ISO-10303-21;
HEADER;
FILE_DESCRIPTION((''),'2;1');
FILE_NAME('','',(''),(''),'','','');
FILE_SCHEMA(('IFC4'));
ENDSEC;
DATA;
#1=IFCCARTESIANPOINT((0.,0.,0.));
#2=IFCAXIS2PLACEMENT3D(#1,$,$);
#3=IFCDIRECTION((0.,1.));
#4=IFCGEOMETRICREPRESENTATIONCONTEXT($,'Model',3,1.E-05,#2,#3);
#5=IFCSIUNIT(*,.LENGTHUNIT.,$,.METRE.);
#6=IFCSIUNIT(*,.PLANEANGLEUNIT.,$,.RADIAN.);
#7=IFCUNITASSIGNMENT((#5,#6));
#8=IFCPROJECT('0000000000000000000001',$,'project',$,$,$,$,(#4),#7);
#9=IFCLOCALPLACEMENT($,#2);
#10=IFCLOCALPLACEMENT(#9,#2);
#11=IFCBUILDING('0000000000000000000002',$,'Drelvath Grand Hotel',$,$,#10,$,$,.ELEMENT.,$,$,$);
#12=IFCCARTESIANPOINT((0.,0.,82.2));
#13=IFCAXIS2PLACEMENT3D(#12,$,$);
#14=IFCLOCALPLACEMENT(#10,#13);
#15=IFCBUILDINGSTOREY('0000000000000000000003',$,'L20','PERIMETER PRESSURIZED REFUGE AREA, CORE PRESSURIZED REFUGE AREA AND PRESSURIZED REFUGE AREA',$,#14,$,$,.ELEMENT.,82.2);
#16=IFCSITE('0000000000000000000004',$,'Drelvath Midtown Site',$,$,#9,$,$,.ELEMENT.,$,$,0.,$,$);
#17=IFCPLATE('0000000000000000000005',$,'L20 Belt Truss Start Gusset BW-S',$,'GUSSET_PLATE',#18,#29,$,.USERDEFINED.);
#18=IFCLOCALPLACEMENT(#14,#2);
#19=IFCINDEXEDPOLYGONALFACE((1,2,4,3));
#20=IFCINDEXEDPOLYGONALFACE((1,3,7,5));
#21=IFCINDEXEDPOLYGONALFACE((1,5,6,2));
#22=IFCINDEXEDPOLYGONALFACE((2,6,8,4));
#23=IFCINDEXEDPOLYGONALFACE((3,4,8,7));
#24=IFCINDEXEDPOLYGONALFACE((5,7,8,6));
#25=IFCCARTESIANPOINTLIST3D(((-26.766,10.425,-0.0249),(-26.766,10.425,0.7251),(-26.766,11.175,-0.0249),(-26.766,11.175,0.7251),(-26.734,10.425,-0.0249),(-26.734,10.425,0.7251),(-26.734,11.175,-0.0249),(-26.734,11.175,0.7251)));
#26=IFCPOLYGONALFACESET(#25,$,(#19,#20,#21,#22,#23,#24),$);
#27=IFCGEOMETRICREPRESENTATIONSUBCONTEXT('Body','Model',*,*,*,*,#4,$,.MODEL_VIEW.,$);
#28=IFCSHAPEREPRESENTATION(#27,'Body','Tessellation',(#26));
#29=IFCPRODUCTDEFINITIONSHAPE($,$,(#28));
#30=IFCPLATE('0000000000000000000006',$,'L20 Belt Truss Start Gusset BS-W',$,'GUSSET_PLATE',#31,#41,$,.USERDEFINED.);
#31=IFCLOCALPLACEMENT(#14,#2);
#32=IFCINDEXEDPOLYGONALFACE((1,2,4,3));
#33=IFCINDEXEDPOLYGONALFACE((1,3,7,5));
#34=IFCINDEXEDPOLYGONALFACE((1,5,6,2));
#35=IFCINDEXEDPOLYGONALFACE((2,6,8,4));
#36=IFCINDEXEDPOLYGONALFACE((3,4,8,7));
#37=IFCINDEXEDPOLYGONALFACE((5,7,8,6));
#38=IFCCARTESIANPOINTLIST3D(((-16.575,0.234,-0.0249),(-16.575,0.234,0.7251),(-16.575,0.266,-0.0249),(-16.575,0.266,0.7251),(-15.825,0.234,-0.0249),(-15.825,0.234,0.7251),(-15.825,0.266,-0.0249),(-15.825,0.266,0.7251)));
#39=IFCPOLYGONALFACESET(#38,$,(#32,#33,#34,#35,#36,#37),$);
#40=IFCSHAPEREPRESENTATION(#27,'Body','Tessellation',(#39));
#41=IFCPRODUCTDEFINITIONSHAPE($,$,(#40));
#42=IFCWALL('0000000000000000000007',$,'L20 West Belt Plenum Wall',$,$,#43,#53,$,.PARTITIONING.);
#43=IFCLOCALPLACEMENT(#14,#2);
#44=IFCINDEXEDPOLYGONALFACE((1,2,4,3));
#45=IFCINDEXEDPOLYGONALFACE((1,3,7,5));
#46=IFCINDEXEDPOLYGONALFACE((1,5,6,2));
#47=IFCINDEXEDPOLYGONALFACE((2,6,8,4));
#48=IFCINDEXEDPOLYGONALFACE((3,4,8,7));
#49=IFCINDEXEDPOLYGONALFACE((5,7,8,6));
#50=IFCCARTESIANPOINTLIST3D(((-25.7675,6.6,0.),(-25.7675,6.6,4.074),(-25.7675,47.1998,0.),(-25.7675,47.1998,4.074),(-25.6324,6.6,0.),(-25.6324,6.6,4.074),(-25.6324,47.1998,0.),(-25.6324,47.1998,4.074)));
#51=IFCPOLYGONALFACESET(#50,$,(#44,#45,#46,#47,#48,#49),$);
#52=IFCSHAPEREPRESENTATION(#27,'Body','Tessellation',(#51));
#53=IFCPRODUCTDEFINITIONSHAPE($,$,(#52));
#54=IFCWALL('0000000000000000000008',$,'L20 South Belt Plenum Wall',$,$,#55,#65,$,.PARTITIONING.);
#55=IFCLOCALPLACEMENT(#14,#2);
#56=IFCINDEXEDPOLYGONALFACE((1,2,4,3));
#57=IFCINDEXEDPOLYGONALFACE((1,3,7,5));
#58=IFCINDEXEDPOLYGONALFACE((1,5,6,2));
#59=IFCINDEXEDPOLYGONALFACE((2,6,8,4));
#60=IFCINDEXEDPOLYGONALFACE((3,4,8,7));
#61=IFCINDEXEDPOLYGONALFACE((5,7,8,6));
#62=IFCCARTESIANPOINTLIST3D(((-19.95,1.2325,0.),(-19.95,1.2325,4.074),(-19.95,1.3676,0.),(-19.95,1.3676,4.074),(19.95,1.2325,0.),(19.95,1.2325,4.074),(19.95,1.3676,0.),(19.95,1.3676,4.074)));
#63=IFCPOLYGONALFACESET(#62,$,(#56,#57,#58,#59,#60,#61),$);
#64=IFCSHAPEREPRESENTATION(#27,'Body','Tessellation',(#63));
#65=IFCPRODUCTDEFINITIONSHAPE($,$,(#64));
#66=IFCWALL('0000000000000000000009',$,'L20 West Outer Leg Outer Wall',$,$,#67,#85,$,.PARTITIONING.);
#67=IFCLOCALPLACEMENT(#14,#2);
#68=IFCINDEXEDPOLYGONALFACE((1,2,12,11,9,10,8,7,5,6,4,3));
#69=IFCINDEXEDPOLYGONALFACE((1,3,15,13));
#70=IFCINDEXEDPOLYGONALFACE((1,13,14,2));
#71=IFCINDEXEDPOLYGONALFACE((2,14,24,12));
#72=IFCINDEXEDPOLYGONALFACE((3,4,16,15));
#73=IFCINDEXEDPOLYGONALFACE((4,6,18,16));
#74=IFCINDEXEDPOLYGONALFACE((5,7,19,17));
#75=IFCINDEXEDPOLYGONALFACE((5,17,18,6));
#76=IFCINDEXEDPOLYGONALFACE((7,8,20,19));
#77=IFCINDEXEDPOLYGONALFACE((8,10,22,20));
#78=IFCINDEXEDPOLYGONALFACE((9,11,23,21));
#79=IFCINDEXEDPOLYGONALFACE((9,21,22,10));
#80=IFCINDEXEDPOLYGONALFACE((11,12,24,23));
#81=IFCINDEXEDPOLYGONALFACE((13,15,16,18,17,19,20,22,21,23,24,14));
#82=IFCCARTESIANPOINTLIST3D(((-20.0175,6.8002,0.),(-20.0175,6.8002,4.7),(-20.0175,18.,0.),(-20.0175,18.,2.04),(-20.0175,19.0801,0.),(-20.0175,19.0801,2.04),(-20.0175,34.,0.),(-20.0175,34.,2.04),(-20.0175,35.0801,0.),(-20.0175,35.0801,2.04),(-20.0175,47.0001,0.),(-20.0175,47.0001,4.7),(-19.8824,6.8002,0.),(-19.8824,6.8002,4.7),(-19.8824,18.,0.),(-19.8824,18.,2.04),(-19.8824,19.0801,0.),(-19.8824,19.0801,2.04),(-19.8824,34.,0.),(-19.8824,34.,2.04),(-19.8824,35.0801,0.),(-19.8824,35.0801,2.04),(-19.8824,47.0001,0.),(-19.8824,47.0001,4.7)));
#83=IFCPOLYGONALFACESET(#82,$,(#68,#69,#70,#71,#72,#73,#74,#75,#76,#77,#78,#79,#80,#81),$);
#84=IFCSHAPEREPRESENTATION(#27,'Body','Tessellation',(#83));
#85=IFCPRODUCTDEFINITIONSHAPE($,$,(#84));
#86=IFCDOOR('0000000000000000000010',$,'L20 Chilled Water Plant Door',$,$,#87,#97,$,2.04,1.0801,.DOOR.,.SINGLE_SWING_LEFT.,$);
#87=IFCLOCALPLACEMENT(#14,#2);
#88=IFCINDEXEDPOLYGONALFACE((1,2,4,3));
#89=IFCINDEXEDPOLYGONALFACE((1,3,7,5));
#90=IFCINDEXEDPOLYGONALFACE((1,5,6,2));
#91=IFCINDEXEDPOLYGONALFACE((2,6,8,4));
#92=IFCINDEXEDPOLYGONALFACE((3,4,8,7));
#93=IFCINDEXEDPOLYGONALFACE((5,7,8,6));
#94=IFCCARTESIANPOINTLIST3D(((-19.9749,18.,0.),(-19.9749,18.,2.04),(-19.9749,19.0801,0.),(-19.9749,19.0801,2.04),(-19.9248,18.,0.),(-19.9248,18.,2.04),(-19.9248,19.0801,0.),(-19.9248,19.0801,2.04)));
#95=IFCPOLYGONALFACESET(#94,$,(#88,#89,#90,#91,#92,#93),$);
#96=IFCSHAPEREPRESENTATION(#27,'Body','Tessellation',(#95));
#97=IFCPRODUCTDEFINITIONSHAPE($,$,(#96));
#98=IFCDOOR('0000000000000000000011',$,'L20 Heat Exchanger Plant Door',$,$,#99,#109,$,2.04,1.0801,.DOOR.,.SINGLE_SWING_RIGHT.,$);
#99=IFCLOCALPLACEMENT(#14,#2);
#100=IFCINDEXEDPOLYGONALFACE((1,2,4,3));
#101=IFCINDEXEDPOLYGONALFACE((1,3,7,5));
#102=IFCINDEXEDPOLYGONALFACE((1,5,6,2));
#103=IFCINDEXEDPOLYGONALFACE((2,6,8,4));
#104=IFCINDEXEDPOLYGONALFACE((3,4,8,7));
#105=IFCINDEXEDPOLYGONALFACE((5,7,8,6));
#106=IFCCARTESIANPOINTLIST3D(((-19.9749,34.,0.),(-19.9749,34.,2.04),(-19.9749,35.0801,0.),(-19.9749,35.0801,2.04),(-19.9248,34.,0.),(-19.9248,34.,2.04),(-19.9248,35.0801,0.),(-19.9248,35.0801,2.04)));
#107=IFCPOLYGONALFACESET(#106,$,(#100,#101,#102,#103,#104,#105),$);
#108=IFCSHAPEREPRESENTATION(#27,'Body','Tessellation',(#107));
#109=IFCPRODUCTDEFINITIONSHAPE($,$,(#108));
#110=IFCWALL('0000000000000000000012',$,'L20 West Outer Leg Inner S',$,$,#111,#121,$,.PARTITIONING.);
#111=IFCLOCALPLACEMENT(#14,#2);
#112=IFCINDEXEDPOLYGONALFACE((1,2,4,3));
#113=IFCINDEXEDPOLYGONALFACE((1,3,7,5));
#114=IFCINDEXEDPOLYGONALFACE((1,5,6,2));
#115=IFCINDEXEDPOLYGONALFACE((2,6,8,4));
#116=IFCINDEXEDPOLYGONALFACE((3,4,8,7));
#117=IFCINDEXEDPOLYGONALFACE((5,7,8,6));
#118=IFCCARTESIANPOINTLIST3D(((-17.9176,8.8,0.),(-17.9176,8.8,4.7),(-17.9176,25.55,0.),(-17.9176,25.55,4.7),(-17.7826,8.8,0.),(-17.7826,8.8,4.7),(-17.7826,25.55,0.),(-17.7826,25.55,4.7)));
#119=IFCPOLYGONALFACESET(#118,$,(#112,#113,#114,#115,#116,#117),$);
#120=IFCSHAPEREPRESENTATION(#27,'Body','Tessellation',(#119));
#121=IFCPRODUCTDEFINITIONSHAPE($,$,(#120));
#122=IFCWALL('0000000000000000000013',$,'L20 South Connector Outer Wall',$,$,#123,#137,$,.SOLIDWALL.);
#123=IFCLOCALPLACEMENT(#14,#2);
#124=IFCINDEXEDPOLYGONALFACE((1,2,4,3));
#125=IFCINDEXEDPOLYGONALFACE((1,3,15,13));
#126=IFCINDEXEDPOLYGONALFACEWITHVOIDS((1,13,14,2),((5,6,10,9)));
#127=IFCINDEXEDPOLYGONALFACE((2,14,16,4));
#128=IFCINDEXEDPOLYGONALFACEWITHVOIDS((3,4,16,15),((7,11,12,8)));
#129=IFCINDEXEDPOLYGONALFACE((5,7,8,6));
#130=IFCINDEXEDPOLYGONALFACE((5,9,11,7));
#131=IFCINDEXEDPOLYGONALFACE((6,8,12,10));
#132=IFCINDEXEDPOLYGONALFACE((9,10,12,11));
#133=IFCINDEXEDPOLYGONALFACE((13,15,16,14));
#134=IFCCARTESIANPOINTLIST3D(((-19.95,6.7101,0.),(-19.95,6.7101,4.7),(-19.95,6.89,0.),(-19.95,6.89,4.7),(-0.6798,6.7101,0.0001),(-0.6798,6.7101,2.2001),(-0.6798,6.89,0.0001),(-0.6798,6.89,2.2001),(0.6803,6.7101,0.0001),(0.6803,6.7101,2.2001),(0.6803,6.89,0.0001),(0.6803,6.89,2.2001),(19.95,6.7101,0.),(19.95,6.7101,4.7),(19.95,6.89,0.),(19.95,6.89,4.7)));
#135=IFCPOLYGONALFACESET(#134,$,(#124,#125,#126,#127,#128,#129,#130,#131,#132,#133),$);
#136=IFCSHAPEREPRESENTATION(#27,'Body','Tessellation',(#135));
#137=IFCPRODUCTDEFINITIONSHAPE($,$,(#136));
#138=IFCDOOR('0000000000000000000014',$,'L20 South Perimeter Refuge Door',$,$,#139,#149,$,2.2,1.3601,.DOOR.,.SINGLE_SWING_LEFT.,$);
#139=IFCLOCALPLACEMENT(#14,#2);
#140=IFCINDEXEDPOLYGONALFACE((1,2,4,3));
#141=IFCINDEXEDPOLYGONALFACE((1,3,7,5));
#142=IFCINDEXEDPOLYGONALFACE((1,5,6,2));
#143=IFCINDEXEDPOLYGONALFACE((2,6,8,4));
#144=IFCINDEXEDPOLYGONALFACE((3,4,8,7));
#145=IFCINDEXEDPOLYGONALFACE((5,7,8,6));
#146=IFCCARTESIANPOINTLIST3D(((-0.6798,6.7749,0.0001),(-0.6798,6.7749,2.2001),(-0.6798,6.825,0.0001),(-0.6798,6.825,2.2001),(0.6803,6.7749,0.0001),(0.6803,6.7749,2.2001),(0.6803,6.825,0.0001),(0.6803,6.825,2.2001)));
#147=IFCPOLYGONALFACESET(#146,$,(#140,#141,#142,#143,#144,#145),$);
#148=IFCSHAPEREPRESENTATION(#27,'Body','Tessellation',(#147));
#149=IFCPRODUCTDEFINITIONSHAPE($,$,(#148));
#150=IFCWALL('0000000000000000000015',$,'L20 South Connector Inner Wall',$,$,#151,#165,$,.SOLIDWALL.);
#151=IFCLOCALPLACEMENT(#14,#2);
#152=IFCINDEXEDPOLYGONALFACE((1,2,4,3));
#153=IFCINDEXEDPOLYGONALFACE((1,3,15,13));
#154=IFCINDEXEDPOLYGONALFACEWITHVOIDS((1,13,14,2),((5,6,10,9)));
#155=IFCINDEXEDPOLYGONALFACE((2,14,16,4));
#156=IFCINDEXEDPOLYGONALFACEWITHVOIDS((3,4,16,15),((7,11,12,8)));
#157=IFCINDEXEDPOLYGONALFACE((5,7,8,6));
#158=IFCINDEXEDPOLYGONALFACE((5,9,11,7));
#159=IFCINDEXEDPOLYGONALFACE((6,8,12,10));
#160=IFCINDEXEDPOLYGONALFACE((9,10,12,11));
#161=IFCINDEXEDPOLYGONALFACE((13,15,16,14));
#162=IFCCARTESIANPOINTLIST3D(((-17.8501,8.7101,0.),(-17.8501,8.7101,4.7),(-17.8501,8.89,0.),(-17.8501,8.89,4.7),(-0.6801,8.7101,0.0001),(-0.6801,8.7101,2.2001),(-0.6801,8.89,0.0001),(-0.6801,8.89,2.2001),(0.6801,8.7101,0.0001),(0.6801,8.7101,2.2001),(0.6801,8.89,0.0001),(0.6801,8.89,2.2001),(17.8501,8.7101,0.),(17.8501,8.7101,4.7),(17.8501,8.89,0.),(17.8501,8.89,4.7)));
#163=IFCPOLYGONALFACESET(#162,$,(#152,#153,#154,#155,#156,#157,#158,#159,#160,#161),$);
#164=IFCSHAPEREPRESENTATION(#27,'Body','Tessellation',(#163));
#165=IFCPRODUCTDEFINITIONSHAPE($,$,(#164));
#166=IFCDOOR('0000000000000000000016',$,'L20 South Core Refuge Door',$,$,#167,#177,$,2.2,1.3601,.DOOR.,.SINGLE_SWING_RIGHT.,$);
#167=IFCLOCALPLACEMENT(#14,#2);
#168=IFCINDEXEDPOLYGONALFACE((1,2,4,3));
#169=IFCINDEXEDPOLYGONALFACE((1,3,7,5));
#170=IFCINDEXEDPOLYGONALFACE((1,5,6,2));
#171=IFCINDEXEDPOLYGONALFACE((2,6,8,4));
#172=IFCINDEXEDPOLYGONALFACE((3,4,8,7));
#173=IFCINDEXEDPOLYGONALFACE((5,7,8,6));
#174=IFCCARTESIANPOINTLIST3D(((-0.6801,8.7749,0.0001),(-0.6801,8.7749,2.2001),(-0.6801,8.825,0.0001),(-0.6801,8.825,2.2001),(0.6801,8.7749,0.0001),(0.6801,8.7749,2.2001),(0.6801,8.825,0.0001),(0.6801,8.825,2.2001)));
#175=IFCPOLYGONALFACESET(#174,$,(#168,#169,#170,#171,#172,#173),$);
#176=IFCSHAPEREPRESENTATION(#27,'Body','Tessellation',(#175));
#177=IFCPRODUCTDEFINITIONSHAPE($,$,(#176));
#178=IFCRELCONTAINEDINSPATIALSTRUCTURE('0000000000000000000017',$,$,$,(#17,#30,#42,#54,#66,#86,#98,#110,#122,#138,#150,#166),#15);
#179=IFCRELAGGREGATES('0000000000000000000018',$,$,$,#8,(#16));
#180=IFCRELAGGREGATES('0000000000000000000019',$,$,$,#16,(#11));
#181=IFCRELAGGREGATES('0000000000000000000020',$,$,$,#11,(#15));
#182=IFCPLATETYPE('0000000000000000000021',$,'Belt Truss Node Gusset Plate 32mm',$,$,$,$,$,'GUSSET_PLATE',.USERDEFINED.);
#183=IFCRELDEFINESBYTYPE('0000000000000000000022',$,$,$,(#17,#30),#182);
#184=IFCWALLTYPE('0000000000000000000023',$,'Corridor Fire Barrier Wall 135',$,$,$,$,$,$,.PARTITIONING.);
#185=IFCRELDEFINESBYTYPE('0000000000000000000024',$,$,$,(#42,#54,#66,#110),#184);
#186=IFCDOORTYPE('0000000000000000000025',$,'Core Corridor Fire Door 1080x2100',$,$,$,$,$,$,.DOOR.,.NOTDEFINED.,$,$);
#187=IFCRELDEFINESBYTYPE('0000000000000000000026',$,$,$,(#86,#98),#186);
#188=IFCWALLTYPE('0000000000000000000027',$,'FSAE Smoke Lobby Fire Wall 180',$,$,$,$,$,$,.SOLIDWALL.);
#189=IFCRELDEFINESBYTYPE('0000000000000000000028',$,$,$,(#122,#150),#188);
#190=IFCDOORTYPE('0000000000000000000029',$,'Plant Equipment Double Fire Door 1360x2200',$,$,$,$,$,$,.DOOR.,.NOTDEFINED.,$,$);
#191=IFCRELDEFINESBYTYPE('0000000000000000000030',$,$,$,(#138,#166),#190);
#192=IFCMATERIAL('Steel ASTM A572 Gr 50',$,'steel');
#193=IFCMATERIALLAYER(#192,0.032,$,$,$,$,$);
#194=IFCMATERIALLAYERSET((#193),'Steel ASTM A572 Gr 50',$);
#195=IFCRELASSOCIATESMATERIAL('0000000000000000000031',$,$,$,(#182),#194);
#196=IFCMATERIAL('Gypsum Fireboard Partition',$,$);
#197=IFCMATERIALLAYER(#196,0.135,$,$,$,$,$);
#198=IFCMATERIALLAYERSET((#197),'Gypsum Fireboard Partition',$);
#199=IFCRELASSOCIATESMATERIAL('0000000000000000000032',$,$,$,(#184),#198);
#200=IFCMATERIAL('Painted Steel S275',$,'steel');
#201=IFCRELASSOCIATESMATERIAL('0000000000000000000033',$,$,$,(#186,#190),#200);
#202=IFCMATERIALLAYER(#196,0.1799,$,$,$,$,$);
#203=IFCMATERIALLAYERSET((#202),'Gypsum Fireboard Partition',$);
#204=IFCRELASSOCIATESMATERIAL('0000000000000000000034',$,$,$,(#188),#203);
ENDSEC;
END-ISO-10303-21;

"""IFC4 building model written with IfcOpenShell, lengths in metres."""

from ifc_helpers import new_model, si_unit, direction, frame, frame_2d, origin, origin_2d, place, context, subcontext, project, spatial, rectangle, extrude, material, layer, layer_set, type_object, element, fill, save


model = new_model("IFC4")

# Units and contexts
model_context = context("Model", 3, precision=1e-05, world=origin(), true_north=direction((0.0, 1.0)))
body_context = subcontext(model_context, "Body", "Model", "MODEL_VIEW")
ifc_project = project(units=[si_unit("LENGTHUNIT", "METRE"), si_unit("PLANEANGLEUNIT", "RADIAN")], contexts=[model_context])

# Site, building, storey
site_placement = place(None, origin())
site = spatial("IfcSite", under=ifc_project, at=site_placement, Name="Drelvath Midtown Site", CompositionType="ELEMENT", RefElevation=0.0)
building_placement = place(site_placement, origin())
building = spatial("IfcBuilding", under=site, at=building_placement, Name="Drelvath Grand Hotel", CompositionType="ELEMENT")
storey_placement = place(building_placement, frame((0.0, 0.0, 82.2)))
storey = spatial("IfcBuildingStorey", under=building, at=storey_placement, Name="L20", Description="PERIMETER PRESSURIZED REFUGE AREA, CORE PRESSURIZED REFUGE AREA AND PRESSURIZED REFUGE AREA", CompositionType="ELEMENT", Elevation=82.2)

# Plates
ifc_material_1 = material(Name="Steel ASTM A572 Gr 50", Category="steel")
ifc_layer_1 = layer(ifc_material_1, 0.032)
ifc_layer_set_1 = layer_set([ifc_layer_1], Name="Steel ASTM A572 Gr 50")
plate_type = type_object("IfcPlateType", Name="Belt Truss Node Gusset Plate 32mm", ElementType="GUSSET_PLATE", PredefinedType="USERDEFINED", material=ifc_layer_set_1)
for number, where, z_axis, x_axis, name in (
    (1, (-26.75, 10.8, -0.0249), (0.0, 0.0, 1.0), (0.0, 1.0, 0.0), "L20 Belt Truss Start Gusset BW-S"),
    (2, (-16.2, 0.25, -0.0249), (0.0, 0.0, 1.0), (1.0, 0.0, 0.0), "L20 Belt Truss Start Gusset BS-W"),
):
    element("IfcPlate", number, at=place(storey_placement, frame(where, z_axis=z_axis, x_axis=x_axis)), inside=storey, type_object=plate_type, Name=name, ObjectType="GUSSET_PLATE", PredefinedType="USERDEFINED", context=body_context, shape_type="SweptSolid", body=[
        extrude(rectangle(XDim=0.75, YDim=0.032, at=origin_2d()), origin(), (0.0, 0.0, 1.0), 0.75),
    ])

# Walls
ifc_material_2 = material(Name="Gypsum Fireboard Partition")
ifc_layer_2 = layer(ifc_material_2, 0.135)
ifc_layer_set_2 = layer_set([ifc_layer_2], Name="Gypsum Fireboard Partition")
wall_type_1 = type_object("IfcWallType", Name="Corridor Fire Barrier Wall 135", PredefinedType="PARTITIONING", material=ifc_layer_set_2)
wall_1_placement = place(storey_placement, frame((-25.7, 6.6001, 0.0), z_axis=(0.0, 0.0, 1.0), x_axis=(0.0, 1.0, 0.0)))
element("IfcWall", 3, at=wall_1_placement, inside=storey, type_object=wall_type_1, Name="L20 West Belt Plenum Wall", PredefinedType="PARTITIONING", context=body_context, shape_type="SweptSolid", body=[
    extrude(rectangle(XDim=40.5999, YDim=0.135, at=frame_2d((20.2998, 0.0))), origin(), (0.0, 0.0, 1.0), 4.074),
])
wall_2_placement = place(storey_placement, frame((-19.95, 1.3, 0.0), z_axis=(0.0, 0.0, 1.0), x_axis=(1.0, 0.0, 0.0)))
element("IfcWall", 4, at=wall_2_placement, inside=storey, type_object=wall_type_1, Name="L20 South Belt Plenum Wall", PredefinedType="PARTITIONING", context=body_context, shape_type="SweptSolid", body=[
    extrude(rectangle(XDim=39.8999, YDim=0.135, at=frame_2d((19.95, 0.0))), origin(), (0.0, 0.0, 1.0), 4.074),
])

# Wall, openings, doors
wall_3_placement = place(storey_placement, frame((-19.95, 6.8, 0.0), z_axis=(0.0, 0.0, 1.0), x_axis=(0.0, 1.0, 0.0)))
wall_3 = element("IfcWall", 5, at=wall_3_placement, inside=storey, type_object=wall_type_1, Name="L20 West Outer Leg Outer Wall", PredefinedType="PARTITIONING", context=body_context, shape_type="SweptSolid", body=[
    extrude(rectangle(XDim=40.2, YDim=0.135, at=frame_2d((20.1001, 0.0))), origin(), (0.0, 0.0, 1.0), 4.7),
])
opening_1_placement = place(wall_3_placement, frame((11.2, 0.0, 0.0)))
opening_1 = element("IfcOpeningElement", 6, at=opening_1_placement, cuts=wall_3, PredefinedType="OPENING", context=body_context, shape_type="SweptSolid", body=[
    extrude(rectangle(XDim=1.0801, YDim=2.04, at=frame_2d((0.54, 1.02))), frame((0.0, 0.0774, 0.0), z_axis=(0.0, -1.0, 0.0), x_axis=(1.0, 0.0, 0.0)), (0.0, 0.0, 1.0), 0.155),
])
opening_2_placement = place(wall_3_placement, frame((27.2, 0.0, 0.0)))
opening_2 = element("IfcOpeningElement", 7, at=opening_2_placement, cuts=wall_3, PredefinedType="OPENING", context=body_context, shape_type="SweptSolid", body=[
    extrude(rectangle(XDim=1.0801, YDim=2.04, at=frame_2d((0.54, 1.02))), frame((0.0, 0.0774, 0.0), z_axis=(0.0, -1.0, 0.0), x_axis=(1.0, 0.0, 0.0)), (0.0, 0.0, 1.0), 0.155),
])
ifc_material_3 = material(Name="Painted Steel S275", Category="steel")
door_type_1 = type_object("IfcDoorType", Name="Core Corridor Fire Door 1080x2100", OperationType="NOTDEFINED", PredefinedType="DOOR", material=ifc_material_3)
door_1_placement = place(opening_1_placement, origin())
door_1 = element("IfcDoor", 8, at=door_1_placement, inside=storey, type_object=door_type_1, Name="L20 Chilled Water Plant Door", OperationType="SINGLE_SWING_LEFT", OverallHeight=2.04, OverallWidth=1.0801, PredefinedType="DOOR", context=body_context, shape_type="SweptSolid", body=[
    extrude(rectangle(XDim=1.0801, YDim=2.04, at=frame_2d((0.54, 1.02))), frame((0.0, 0.0249, 0.0), z_axis=(0.0, -1.0, 0.0), x_axis=(1.0, 0.0, 0.0)), (0.0, 0.0, 1.0), 0.05),
])
fill(opening_1, door_1)
door_2_placement = place(opening_2_placement, origin())
door_2 = element("IfcDoor", 9, at=door_2_placement, inside=storey, type_object=door_type_1, Name="L20 Heat Exchanger Plant Door", OperationType="SINGLE_SWING_RIGHT", OverallHeight=2.04, OverallWidth=1.0801, PredefinedType="DOOR", context=body_context, shape_type="SweptSolid", body=[
    extrude(rectangle(XDim=1.0801, YDim=2.04, at=frame_2d((0.54, 1.02))), frame((0.0, 0.0249, 0.0), z_axis=(0.0, -1.0, 0.0), x_axis=(1.0, 0.0, 0.0)), (0.0, 0.0, 1.0), 0.05),
])
fill(opening_2, door_2)

# Wall
wall_4_placement = place(storey_placement, frame((-17.8501, 8.8, 0.0), z_axis=(0.0, 0.0, 1.0), x_axis=(0.0, 1.0, 0.0)))
element("IfcWall", 10, at=wall_4_placement, inside=storey, type_object=wall_type_1, Name="L20 West Outer Leg Inner S", PredefinedType="PARTITIONING", context=body_context, shape_type="SweptSolid", body=[
    extrude(rectangle(XDim=16.75, YDim=0.135, at=frame_2d((8.375, 0.0))), origin(), (0.0, 0.0, 1.0), 4.7),
])

# Walls, openings, doors
ifc_layer_3 = layer(ifc_material_2, 0.1799)
ifc_layer_set_3 = layer_set([ifc_layer_3], Name="Gypsum Fireboard Partition")
wall_type_2 = type_object("IfcWallType", Name="FSAE Smoke Lobby Fire Wall 180", PredefinedType="SOLIDWALL", material=ifc_layer_set_3)
wall_5_placement = place(storey_placement, frame((-19.95, 6.8, 0.0), z_axis=(0.0, 0.0, 1.0), x_axis=(1.0, 0.0, 0.0)))
wall_5 = element("IfcWall", 11, at=wall_5_placement, inside=storey, type_object=wall_type_2, Name="L20 South Connector Outer Wall", PredefinedType="SOLIDWALL", context=body_context, shape_type="SweptSolid", body=[
    extrude(rectangle(XDim=39.8999, YDim=0.1799, at=frame_2d((19.95, 0.0))), origin(), (0.0, 0.0, 1.0), 4.7),
])
opening_3_placement = place(wall_5_placement, frame((19.27, 0.0, 0.0)))
opening_3 = element("IfcOpeningElement", 12, at=opening_3_placement, cuts=wall_5, PredefinedType="OPENING", context=body_context, shape_type="SweptSolid", body=[
    extrude(rectangle(XDim=1.3601, YDim=2.2, at=frame_2d((0.6802, 1.1001))), frame((0.0, 0.0999, 0.0), z_axis=(0.0, -1.0, 0.0), x_axis=(1.0, 0.0, 0.0)), (0.0, 0.0, 1.0), 0.2),
])
door_type_2 = type_object("IfcDoorType", Name="Plant Equipment Double Fire Door 1360x2200", OperationType="NOTDEFINED", PredefinedType="DOOR", material=ifc_material_3)
door_3_placement = place(opening_3_placement, origin())
door_3 = element("IfcDoor", 13, at=door_3_placement, inside=storey, type_object=door_type_2, Name="L20 South Perimeter Refuge Door", OperationType="SINGLE_SWING_LEFT", OverallHeight=2.2, OverallWidth=1.3601, PredefinedType="DOOR", context=body_context, shape_type="SweptSolid", body=[
    extrude(rectangle(XDim=1.3601, YDim=2.2, at=frame_2d((0.6802, 1.1001))), frame((0.0, 0.0249, 0.0), z_axis=(0.0, -1.0, 0.0), x_axis=(1.0, 0.0, 0.0)), (0.0, 0.0, 1.0), 0.05),
])
fill(opening_3, door_3)
wall_6_placement = place(storey_placement, frame((-17.8501, 8.8, 0.0), z_axis=(0.0, 0.0, 1.0), x_axis=(1.0, 0.0, 0.0)))
wall_6 = element("IfcWall", 14, at=wall_6_placement, inside=storey, type_object=wall_type_2, Name="L20 South Connector Inner Wall", PredefinedType="SOLIDWALL", context=body_context, shape_type="SweptSolid", body=[
    extrude(rectangle(XDim=35.7002, YDim=0.1799, at=frame_2d((17.8501, 0.0))), origin(), (0.0, 0.0, 1.0), 4.7),
])
opening_4_placement = place(wall_6_placement, frame((17.1699, 0.0, 0.0)))
opening_4 = element("IfcOpeningElement", 15, at=opening_4_placement, cuts=wall_6, PredefinedType="OPENING", context=body_context, shape_type="SweptSolid", body=[
    extrude(rectangle(XDim=1.3601, YDim=2.2, at=frame_2d((0.6802, 1.1001))), frame((0.0, 0.0999, 0.0), z_axis=(0.0, -1.0, 0.0), x_axis=(1.0, 0.0, 0.0)), (0.0, 0.0, 1.0), 0.2),
])
door_4_placement = place(opening_4_placement, origin())
door_4 = element("IfcDoor", 16, at=door_4_placement, inside=storey, type_object=door_type_2, Name="L20 South Core Refuge Door", OperationType="SINGLE_SWING_RIGHT", OverallHeight=2.2, OverallWidth=1.3601, PredefinedType="DOOR", context=body_context, shape_type="SweptSolid", body=[
    extrude(rectangle(XDim=1.3601, YDim=2.2, at=frame_2d((0.6802, 1.1001))), frame((0.0, 0.0249, 0.0), z_axis=(0.0, -1.0, 0.0), x_axis=(1.0, 0.0, 0.0)), (0.0, 0.0, 1.0), 0.05),
])
fill(opening_4, door_4)

save(model, "model.ifc")
